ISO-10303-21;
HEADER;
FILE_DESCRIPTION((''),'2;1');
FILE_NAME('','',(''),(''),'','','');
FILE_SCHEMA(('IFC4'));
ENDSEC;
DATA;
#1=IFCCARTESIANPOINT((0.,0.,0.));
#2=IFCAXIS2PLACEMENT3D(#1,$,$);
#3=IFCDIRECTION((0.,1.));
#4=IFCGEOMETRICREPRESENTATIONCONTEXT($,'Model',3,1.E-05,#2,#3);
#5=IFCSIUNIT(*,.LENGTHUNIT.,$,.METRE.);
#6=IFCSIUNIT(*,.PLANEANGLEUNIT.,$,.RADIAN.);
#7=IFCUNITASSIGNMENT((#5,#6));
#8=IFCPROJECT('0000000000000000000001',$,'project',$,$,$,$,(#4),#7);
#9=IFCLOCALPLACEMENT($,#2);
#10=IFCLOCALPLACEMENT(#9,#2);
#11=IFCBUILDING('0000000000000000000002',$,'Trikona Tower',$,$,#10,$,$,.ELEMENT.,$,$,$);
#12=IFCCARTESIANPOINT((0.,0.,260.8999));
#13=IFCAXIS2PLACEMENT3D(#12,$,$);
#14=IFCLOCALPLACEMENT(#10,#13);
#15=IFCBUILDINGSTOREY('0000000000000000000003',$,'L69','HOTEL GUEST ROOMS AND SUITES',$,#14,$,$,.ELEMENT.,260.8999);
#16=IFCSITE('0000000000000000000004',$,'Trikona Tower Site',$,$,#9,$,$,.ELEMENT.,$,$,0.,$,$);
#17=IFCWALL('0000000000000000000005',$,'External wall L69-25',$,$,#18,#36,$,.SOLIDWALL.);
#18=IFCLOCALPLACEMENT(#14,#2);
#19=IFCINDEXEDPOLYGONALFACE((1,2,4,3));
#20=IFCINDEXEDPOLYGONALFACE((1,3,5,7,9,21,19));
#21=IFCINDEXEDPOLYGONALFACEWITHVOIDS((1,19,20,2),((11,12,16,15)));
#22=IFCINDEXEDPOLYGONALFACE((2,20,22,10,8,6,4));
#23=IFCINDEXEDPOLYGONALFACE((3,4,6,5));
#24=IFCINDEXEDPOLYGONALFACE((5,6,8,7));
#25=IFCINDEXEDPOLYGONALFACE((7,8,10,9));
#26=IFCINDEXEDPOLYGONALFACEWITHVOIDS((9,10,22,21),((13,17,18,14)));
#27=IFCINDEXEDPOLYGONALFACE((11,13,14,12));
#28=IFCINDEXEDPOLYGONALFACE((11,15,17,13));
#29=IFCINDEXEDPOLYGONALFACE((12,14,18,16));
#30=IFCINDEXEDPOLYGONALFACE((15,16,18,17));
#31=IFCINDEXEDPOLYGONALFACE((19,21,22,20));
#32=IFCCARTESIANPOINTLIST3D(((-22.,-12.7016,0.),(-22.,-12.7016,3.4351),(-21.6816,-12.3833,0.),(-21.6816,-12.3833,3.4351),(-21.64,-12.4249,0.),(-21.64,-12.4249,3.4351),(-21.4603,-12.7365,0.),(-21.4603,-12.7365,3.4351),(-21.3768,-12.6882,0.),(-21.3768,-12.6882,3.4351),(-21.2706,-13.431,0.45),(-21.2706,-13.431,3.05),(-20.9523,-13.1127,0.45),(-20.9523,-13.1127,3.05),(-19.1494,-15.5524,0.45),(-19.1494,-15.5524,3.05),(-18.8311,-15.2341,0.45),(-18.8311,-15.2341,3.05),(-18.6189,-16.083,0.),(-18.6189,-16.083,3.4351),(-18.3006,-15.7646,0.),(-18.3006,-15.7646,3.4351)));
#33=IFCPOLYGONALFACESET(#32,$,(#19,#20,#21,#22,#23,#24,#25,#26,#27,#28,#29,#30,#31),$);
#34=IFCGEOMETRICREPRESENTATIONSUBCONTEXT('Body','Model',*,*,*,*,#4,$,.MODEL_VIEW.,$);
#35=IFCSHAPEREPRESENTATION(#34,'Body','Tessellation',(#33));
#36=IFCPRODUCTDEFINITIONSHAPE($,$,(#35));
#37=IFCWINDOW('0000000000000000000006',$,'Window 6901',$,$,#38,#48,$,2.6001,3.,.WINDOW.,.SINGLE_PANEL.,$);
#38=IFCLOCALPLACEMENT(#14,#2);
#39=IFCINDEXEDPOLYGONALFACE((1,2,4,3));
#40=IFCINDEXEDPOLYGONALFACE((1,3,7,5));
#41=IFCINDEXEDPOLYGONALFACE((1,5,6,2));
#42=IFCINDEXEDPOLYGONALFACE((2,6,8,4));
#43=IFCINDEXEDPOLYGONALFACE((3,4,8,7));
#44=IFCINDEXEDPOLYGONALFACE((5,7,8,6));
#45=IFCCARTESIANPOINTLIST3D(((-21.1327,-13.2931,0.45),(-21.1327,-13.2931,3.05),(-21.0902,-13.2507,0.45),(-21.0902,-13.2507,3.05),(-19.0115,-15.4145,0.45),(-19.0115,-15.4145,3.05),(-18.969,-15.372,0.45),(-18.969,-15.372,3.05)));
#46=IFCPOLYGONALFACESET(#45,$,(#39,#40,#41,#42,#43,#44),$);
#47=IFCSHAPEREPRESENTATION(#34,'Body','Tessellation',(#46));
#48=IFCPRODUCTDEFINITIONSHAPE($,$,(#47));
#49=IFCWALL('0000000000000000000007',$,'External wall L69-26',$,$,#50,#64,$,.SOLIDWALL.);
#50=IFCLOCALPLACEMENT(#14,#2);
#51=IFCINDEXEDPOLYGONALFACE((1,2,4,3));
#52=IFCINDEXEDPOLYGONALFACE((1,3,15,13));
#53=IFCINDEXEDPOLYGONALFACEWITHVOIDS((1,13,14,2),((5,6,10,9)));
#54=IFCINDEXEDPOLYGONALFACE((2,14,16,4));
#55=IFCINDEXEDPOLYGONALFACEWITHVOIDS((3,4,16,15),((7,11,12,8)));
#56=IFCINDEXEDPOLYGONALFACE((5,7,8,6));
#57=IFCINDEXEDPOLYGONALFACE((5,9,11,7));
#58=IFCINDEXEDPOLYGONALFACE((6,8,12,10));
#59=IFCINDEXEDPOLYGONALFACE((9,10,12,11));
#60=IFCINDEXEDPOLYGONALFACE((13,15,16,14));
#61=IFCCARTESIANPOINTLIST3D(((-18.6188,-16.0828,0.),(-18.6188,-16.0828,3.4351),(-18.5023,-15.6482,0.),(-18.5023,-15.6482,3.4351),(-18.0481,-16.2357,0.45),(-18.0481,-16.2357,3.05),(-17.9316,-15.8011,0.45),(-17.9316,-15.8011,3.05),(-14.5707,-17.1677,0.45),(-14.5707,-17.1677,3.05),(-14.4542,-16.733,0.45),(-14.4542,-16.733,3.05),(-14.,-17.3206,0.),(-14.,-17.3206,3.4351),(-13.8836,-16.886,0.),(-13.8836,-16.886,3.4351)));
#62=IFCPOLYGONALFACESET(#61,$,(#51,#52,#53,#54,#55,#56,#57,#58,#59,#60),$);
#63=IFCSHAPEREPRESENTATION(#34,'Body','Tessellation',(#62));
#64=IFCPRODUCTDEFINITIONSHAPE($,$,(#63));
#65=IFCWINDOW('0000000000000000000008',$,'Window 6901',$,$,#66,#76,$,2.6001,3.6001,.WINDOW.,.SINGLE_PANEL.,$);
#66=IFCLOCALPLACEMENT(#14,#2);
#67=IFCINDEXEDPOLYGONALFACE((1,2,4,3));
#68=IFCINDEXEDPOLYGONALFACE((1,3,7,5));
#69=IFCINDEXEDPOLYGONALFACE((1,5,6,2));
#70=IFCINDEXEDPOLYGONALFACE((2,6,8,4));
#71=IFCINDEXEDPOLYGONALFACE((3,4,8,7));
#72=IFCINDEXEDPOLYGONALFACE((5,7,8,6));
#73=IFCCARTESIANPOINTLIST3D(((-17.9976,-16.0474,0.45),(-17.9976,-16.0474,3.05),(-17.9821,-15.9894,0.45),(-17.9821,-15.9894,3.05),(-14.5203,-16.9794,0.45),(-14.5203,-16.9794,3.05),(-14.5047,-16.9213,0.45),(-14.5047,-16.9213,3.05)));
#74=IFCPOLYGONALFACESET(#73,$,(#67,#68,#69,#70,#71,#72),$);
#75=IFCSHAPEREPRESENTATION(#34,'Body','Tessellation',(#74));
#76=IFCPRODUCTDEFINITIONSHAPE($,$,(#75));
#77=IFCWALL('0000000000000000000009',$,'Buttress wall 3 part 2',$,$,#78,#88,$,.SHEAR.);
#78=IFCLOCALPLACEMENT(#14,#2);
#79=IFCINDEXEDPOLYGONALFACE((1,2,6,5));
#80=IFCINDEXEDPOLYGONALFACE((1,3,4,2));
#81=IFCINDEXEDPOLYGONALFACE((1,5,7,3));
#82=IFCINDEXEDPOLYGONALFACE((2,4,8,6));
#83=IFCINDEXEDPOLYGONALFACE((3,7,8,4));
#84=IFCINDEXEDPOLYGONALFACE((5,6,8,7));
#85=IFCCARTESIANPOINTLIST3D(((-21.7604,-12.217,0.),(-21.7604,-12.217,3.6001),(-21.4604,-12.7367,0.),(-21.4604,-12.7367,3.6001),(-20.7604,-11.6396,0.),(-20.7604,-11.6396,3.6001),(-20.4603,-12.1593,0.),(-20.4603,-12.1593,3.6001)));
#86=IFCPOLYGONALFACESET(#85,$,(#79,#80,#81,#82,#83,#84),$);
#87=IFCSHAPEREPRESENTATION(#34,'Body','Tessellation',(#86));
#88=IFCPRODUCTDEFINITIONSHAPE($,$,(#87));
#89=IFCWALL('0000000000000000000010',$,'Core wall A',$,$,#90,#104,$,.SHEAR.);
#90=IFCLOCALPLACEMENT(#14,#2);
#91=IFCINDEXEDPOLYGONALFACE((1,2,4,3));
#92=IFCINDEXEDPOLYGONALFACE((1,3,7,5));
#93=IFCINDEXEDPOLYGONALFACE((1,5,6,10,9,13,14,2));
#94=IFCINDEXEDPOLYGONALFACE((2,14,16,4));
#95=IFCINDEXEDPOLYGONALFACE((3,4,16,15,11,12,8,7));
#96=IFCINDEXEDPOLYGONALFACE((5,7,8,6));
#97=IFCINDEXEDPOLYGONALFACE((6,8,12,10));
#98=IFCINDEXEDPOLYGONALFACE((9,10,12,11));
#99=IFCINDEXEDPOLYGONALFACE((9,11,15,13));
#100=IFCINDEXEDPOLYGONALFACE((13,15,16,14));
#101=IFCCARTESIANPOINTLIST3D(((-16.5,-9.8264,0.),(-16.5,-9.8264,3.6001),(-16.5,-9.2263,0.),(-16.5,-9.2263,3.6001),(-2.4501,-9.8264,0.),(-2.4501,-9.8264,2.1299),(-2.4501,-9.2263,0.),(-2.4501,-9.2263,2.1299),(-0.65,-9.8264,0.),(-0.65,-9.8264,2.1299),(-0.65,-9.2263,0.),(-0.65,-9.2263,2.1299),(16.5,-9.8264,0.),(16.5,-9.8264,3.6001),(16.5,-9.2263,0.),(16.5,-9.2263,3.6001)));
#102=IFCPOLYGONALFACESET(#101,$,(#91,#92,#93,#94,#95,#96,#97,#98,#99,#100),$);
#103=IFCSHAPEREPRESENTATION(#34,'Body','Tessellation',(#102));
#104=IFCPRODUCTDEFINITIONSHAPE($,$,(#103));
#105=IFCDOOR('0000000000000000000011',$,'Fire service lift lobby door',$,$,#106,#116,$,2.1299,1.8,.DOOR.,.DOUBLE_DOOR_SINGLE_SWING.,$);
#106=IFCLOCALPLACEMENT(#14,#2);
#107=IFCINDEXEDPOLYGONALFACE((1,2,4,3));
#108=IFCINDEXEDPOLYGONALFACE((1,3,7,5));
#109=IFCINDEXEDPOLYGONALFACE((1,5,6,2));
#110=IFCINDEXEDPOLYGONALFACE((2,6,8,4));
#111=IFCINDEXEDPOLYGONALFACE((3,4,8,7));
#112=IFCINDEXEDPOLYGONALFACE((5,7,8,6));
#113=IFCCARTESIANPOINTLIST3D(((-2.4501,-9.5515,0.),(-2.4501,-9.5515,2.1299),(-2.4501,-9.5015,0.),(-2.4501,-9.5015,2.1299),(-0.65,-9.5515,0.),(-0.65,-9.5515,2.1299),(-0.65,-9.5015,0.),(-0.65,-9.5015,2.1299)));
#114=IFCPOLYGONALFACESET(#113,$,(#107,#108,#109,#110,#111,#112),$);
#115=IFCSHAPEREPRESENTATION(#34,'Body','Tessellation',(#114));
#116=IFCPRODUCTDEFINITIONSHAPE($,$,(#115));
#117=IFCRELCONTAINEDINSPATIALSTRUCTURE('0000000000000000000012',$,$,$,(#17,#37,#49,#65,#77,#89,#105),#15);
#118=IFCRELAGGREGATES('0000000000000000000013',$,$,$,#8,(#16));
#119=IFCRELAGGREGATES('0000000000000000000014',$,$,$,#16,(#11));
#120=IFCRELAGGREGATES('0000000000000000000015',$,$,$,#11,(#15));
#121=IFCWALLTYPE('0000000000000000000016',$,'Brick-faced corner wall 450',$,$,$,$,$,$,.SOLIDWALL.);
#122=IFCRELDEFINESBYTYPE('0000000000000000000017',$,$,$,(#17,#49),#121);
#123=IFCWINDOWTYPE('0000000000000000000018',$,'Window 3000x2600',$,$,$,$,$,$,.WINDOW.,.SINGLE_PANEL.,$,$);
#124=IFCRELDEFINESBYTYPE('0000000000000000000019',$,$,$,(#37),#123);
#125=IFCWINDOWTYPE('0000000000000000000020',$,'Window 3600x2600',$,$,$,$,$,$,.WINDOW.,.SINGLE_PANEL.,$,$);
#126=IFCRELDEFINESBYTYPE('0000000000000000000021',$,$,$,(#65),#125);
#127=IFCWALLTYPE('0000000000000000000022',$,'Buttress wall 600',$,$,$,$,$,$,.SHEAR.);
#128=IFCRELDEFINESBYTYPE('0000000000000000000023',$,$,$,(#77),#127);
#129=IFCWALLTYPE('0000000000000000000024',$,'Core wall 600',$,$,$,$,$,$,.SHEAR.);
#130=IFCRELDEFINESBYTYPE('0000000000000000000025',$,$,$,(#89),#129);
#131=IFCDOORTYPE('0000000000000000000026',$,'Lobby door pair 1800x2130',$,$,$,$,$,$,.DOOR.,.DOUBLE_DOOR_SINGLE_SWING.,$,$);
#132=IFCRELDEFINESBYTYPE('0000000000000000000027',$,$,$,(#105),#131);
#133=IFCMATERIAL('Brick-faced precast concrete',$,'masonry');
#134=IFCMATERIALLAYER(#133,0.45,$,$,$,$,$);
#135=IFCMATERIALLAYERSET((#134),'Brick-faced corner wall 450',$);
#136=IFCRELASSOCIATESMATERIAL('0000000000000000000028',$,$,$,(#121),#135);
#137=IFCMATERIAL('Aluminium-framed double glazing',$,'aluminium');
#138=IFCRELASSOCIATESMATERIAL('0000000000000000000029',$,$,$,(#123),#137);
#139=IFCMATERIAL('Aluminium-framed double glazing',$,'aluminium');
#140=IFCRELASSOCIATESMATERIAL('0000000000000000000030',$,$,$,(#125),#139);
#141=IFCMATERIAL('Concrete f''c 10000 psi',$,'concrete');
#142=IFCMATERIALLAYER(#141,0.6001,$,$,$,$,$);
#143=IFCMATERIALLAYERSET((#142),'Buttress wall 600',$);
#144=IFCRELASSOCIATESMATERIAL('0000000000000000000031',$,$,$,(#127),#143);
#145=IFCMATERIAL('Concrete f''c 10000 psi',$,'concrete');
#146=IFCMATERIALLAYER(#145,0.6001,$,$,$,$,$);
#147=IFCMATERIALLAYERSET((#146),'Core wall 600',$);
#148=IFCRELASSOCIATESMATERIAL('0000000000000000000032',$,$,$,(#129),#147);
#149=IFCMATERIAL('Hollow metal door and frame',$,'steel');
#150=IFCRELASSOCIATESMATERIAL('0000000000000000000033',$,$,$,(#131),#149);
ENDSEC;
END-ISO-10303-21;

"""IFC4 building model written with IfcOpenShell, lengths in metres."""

from ifc_helpers import new_model, si_unit, direction, frame, frame_2d, origin, place, context, subcontext, project, spatial, polyline, rectangle, outline, extrude, material, layer, layer_set, type_object, element, fill, save


model = new_model("IFC4")

# Units and contexts
model_context = context("Model", 3, precision=1e-05, world=origin(), true_north=direction((0.0, 1.0)))
body_context = subcontext(model_context, "Body", "Model", "MODEL_VIEW")
ifc_project = project(units=[si_unit("LENGTHUNIT", "METRE"), si_unit("PLANEANGLEUNIT", "RADIAN")], contexts=[model_context])

# Site, building, storey
site_placement = place(None, origin())
site = spatial("IfcSite", under=ifc_project, at=site_placement, Name="Trikona Tower Site", CompositionType="ELEMENT", RefElevation=0.0)
building_placement = place(site_placement, origin())
building = spatial("IfcBuilding", under=site, at=building_placement, Name="Trikona Tower", CompositionType="ELEMENT")
storey_placement = place(building_placement, frame((0.0, 0.0, 260.8999)))
storey = spatial("IfcBuildingStorey", under=building, at=storey_placement, Name="L69", Description="HOTEL GUEST ROOMS AND SUITES", CompositionType="ELEMENT", Elevation=260.8999)

# Walls, openings, windows
ifc_material_1 = material(Name="Brick-faced precast concrete", Category="masonry")
ifc_layer_1 = layer(ifc_material_1, 0.45)
ifc_layer_set_1 = layer_set([ifc_layer_1], Name="Brick-faced corner wall 450")
wall_type_1 = type_object("IfcWallType", Name="Brick-faced corner wall 450", PredefinedType="SOLIDWALL", material=ifc_layer_set_1)
wall_1_placement = place(storey_placement, frame((-21.8408, -12.5425, 0.0), z_axis=(0.0, 0.0, 1.0), x_axis=(0.707081, -0.707132, 0.0)))
wall_1 = element("IfcWall", 1, at=wall_1_placement, inside=storey, type_object=wall_type_1, Name="External wall L69-25", PredefinedType="SOLIDWALL", context=body_context, shape_type="SweptSolid", body=[
    extrude(outline(polyline([(4.7817, 0.2251), (0.4312, 0.2251), (0.4062, 0.1318), (0.0588, 0.2251), (0.0, 0.2251), (0.0, -0.2251), (4.7817, -0.2251), (4.7817, 0.2251)])), origin(), (0.0, 0.0, 1.0), 3.4351),
])
opening_1_placement = place(wall_1_placement, frame((1.0315, 0.0, 0.45)))
opening_1 = element("IfcOpeningElement", 2, at=opening_1_placement, cuts=wall_1, PredefinedType="OPENING", context=body_context, shape_type="SweptSolid", body=[
    extrude(rectangle(XDim=3.0, YDim=2.6001, at=frame_2d((1.5, 1.3))), frame((0.0, 0.2349, 0.0), z_axis=(0.0, -1.0, 0.0), x_axis=(1.0, 0.0, 0.0)), (0.0, 0.0, 1.0), 0.47),
])
ifc_material_2 = material(Name="Aluminium-framed double glazing", Category="aluminium")
window_type_1 = type_object("IfcWindowType", Name="Window 3000x2600", PartitioningType="SINGLE_PANEL", PredefinedType="WINDOW", material=ifc_material_2)
window_1_placement = place(opening_1_placement, origin())
window_1 = element("IfcWindow", 3, at=window_1_placement, inside=storey, type_object=window_type_1, Name="Window 6901", OverallHeight=2.6001, OverallWidth=3.0, PartitioningType="SINGLE_PANEL", PredefinedType="WINDOW", context=body_context, shape_type="SweptSolid", body=[
    extrude(rectangle(XDim=3.0, YDim=2.6001, at=frame_2d((1.5, 1.3))), frame((0.0, 0.03, 0.0), z_axis=(0.0, -1.0, 0.0), x_axis=(1.0, 0.0, 0.0)), (0.0, 0.0, 1.0), 0.0601),
])
fill(opening_1, window_1)
wall_2_placement = place(storey_placement, frame((-18.5605, -15.8655, 0.0), z_axis=(0.0, 0.0, 1.0), x_axis=(0.965914, -0.258864, 0.0)))
wall_2 = element("IfcWall", 4, at=wall_2_placement, inside=storey, type_object=wall_type_1, Name="External wall L69-26", PredefinedType="SOLIDWALL", context=body_context, shape_type="SweptSolid", body=[
    extrude(rectangle(XDim=4.7817, YDim=0.45, at=frame_2d((2.3909, 0.0))), origin(), (0.0, 0.0, 1.0), 3.4351),
])
opening_2_placement = place(wall_2_placement, frame((0.5908, 0.0, 0.45)))
opening_2 = element("IfcOpeningElement", 5, at=opening_2_placement, cuts=wall_2, PredefinedType="OPENING", context=body_context, shape_type="SweptSolid", body=[
    extrude(rectangle(XDim=3.6001, YDim=2.6001, at=frame_2d((1.8, 1.3))), frame((0.0, 0.2349, 0.0), z_axis=(0.0, -1.0, 0.0), x_axis=(1.0, 0.0, 0.0)), (0.0, 0.0, 1.0), 0.47),
])
ifc_material_3 = material(Name="Aluminium-framed double glazing", Category="aluminium")
window_type_2 = type_object("IfcWindowType", Name="Window 3600x2600", PartitioningType="SINGLE_PANEL", PredefinedType="WINDOW", material=ifc_material_3)
window_2_placement = place(opening_2_placement, origin())
window_2 = element("IfcWindow", 6, at=window_2_placement, inside=storey, type_object=window_type_2, Name="Window 6901", OverallHeight=2.6001, OverallWidth=3.6001, PartitioningType="SINGLE_PANEL", PredefinedType="WINDOW", context=body_context, shape_type="SweptSolid", body=[
    extrude(rectangle(XDim=3.6001, YDim=2.6001, at=frame_2d((1.8, 1.3))), frame((0.0, 0.03, 0.0), z_axis=(0.0, -1.0, 0.0), x_axis=(1.0, 0.0, 0.0)), (0.0, 0.0, 1.0), 0.0601),
])
fill(opening_2, window_2)

# Wall
ifc_material_4 = material(Name="Concrete f'c 10000 psi", Category="concrete")
ifc_layer_2 = layer(ifc_material_4, 0.6001)
ifc_layer_set_2 = layer_set([ifc_layer_2], Name="Buttress wall 600")
wall_type_2 = type_object("IfcWallType", Name="Buttress wall 600", PredefinedType="SHEAR", material=ifc_layer_set_2)
wall_3_placement = place(storey_placement, frame((-20.6104, -11.8994, 0.0), z_axis=(0.0, 0.0, 1.0), x_axis=(-0.86601, -0.500027, 0.0)))
element("IfcWall", 7, at=wall_3_placement, inside=storey, type_object=wall_type_2, Name="Buttress wall 3 part 2", PredefinedType="SHEAR", context=body_context, shape_type="SweptSolid", body=[
    extrude(rectangle(XDim=1.1548, YDim=0.6001, at=frame_2d((0.5774, 0.0))), origin(), (0.0, 0.0, 1.0), 3.6001),
])

# Wall, opening, door
ifc_material_5 = material(Name="Concrete f'c 10000 psi", Category="concrete")
ifc_layer_3 = layer(ifc_material_5, 0.6001)
ifc_layer_set_3 = layer_set([ifc_layer_3], Name="Core wall 600")
wall_type_3 = type_object("IfcWallType", Name="Core wall 600", PredefinedType="SHEAR", material=ifc_layer_set_3)
wall_4_placement = place(storey_placement, frame((-16.5, -9.5264, 0.0), z_axis=(0.0, 0.0, 1.0), x_axis=(1.0, 0.0, 0.0)))
wall_4 = element("IfcWall", 8, at=wall_4_placement, inside=storey, type_object=wall_type_3, Name="Core wall A", PredefinedType="SHEAR", context=body_context, shape_type="SweptSolid", body=[
    extrude(rectangle(XDim=33.0, YDim=0.6001, at=frame_2d((16.5, 0.0))), origin(), (0.0, 0.0, 1.0), 3.6001),
])
opening_3_placement = place(wall_4_placement, frame((14.05, 0.0, 0.0)))
opening_3 = element("IfcOpeningElement", 9, at=opening_3_placement, cuts=wall_4, PredefinedType="OPENING", context=body_context, shape_type="SweptSolid", body=[
    extrude(rectangle(XDim=1.8, YDim=2.1299, at=frame_2d((0.8999, 1.0649))), frame((0.0, 0.3101, 0.0), z_axis=(0.0, -1.0, 0.0), x_axis=(1.0, 0.0, 0.0)), (0.0, 0.0, 1.0), 0.6201),
])
ifc_material_6 = material(Name="Hollow metal door and frame", Category="steel")
door_type_1 = type_object("IfcDoorType", Name="Lobby door pair 1800x2130", OperationType="DOUBLE_DOOR_SINGLE_SWING", PredefinedType="DOOR", material=ifc_material_6)
door_1_placement = place(opening_3_placement, origin())
door_1 = element("IfcDoor", 10, at=door_1_placement, inside=storey, type_object=door_type_1, Name="Fire service lift lobby door", OperationType="DOUBLE_DOOR_SINGLE_SWING", OverallHeight=2.1299, OverallWidth=1.8, PredefinedType="DOOR", context=body_context, shape_type="SweptSolid", body=[
    extrude(rectangle(XDim=1.8, YDim=2.1299, at=frame_2d((0.8999, 1.0649))), frame((0.0, 0.0249, 0.0), z_axis=(0.0, -1.0, 0.0), x_axis=(1.0, 0.0, 0.0)), (0.0, 0.0, 1.0), 0.05),
])
fill(opening_3, door_1)

save(model, "model.ifc")
